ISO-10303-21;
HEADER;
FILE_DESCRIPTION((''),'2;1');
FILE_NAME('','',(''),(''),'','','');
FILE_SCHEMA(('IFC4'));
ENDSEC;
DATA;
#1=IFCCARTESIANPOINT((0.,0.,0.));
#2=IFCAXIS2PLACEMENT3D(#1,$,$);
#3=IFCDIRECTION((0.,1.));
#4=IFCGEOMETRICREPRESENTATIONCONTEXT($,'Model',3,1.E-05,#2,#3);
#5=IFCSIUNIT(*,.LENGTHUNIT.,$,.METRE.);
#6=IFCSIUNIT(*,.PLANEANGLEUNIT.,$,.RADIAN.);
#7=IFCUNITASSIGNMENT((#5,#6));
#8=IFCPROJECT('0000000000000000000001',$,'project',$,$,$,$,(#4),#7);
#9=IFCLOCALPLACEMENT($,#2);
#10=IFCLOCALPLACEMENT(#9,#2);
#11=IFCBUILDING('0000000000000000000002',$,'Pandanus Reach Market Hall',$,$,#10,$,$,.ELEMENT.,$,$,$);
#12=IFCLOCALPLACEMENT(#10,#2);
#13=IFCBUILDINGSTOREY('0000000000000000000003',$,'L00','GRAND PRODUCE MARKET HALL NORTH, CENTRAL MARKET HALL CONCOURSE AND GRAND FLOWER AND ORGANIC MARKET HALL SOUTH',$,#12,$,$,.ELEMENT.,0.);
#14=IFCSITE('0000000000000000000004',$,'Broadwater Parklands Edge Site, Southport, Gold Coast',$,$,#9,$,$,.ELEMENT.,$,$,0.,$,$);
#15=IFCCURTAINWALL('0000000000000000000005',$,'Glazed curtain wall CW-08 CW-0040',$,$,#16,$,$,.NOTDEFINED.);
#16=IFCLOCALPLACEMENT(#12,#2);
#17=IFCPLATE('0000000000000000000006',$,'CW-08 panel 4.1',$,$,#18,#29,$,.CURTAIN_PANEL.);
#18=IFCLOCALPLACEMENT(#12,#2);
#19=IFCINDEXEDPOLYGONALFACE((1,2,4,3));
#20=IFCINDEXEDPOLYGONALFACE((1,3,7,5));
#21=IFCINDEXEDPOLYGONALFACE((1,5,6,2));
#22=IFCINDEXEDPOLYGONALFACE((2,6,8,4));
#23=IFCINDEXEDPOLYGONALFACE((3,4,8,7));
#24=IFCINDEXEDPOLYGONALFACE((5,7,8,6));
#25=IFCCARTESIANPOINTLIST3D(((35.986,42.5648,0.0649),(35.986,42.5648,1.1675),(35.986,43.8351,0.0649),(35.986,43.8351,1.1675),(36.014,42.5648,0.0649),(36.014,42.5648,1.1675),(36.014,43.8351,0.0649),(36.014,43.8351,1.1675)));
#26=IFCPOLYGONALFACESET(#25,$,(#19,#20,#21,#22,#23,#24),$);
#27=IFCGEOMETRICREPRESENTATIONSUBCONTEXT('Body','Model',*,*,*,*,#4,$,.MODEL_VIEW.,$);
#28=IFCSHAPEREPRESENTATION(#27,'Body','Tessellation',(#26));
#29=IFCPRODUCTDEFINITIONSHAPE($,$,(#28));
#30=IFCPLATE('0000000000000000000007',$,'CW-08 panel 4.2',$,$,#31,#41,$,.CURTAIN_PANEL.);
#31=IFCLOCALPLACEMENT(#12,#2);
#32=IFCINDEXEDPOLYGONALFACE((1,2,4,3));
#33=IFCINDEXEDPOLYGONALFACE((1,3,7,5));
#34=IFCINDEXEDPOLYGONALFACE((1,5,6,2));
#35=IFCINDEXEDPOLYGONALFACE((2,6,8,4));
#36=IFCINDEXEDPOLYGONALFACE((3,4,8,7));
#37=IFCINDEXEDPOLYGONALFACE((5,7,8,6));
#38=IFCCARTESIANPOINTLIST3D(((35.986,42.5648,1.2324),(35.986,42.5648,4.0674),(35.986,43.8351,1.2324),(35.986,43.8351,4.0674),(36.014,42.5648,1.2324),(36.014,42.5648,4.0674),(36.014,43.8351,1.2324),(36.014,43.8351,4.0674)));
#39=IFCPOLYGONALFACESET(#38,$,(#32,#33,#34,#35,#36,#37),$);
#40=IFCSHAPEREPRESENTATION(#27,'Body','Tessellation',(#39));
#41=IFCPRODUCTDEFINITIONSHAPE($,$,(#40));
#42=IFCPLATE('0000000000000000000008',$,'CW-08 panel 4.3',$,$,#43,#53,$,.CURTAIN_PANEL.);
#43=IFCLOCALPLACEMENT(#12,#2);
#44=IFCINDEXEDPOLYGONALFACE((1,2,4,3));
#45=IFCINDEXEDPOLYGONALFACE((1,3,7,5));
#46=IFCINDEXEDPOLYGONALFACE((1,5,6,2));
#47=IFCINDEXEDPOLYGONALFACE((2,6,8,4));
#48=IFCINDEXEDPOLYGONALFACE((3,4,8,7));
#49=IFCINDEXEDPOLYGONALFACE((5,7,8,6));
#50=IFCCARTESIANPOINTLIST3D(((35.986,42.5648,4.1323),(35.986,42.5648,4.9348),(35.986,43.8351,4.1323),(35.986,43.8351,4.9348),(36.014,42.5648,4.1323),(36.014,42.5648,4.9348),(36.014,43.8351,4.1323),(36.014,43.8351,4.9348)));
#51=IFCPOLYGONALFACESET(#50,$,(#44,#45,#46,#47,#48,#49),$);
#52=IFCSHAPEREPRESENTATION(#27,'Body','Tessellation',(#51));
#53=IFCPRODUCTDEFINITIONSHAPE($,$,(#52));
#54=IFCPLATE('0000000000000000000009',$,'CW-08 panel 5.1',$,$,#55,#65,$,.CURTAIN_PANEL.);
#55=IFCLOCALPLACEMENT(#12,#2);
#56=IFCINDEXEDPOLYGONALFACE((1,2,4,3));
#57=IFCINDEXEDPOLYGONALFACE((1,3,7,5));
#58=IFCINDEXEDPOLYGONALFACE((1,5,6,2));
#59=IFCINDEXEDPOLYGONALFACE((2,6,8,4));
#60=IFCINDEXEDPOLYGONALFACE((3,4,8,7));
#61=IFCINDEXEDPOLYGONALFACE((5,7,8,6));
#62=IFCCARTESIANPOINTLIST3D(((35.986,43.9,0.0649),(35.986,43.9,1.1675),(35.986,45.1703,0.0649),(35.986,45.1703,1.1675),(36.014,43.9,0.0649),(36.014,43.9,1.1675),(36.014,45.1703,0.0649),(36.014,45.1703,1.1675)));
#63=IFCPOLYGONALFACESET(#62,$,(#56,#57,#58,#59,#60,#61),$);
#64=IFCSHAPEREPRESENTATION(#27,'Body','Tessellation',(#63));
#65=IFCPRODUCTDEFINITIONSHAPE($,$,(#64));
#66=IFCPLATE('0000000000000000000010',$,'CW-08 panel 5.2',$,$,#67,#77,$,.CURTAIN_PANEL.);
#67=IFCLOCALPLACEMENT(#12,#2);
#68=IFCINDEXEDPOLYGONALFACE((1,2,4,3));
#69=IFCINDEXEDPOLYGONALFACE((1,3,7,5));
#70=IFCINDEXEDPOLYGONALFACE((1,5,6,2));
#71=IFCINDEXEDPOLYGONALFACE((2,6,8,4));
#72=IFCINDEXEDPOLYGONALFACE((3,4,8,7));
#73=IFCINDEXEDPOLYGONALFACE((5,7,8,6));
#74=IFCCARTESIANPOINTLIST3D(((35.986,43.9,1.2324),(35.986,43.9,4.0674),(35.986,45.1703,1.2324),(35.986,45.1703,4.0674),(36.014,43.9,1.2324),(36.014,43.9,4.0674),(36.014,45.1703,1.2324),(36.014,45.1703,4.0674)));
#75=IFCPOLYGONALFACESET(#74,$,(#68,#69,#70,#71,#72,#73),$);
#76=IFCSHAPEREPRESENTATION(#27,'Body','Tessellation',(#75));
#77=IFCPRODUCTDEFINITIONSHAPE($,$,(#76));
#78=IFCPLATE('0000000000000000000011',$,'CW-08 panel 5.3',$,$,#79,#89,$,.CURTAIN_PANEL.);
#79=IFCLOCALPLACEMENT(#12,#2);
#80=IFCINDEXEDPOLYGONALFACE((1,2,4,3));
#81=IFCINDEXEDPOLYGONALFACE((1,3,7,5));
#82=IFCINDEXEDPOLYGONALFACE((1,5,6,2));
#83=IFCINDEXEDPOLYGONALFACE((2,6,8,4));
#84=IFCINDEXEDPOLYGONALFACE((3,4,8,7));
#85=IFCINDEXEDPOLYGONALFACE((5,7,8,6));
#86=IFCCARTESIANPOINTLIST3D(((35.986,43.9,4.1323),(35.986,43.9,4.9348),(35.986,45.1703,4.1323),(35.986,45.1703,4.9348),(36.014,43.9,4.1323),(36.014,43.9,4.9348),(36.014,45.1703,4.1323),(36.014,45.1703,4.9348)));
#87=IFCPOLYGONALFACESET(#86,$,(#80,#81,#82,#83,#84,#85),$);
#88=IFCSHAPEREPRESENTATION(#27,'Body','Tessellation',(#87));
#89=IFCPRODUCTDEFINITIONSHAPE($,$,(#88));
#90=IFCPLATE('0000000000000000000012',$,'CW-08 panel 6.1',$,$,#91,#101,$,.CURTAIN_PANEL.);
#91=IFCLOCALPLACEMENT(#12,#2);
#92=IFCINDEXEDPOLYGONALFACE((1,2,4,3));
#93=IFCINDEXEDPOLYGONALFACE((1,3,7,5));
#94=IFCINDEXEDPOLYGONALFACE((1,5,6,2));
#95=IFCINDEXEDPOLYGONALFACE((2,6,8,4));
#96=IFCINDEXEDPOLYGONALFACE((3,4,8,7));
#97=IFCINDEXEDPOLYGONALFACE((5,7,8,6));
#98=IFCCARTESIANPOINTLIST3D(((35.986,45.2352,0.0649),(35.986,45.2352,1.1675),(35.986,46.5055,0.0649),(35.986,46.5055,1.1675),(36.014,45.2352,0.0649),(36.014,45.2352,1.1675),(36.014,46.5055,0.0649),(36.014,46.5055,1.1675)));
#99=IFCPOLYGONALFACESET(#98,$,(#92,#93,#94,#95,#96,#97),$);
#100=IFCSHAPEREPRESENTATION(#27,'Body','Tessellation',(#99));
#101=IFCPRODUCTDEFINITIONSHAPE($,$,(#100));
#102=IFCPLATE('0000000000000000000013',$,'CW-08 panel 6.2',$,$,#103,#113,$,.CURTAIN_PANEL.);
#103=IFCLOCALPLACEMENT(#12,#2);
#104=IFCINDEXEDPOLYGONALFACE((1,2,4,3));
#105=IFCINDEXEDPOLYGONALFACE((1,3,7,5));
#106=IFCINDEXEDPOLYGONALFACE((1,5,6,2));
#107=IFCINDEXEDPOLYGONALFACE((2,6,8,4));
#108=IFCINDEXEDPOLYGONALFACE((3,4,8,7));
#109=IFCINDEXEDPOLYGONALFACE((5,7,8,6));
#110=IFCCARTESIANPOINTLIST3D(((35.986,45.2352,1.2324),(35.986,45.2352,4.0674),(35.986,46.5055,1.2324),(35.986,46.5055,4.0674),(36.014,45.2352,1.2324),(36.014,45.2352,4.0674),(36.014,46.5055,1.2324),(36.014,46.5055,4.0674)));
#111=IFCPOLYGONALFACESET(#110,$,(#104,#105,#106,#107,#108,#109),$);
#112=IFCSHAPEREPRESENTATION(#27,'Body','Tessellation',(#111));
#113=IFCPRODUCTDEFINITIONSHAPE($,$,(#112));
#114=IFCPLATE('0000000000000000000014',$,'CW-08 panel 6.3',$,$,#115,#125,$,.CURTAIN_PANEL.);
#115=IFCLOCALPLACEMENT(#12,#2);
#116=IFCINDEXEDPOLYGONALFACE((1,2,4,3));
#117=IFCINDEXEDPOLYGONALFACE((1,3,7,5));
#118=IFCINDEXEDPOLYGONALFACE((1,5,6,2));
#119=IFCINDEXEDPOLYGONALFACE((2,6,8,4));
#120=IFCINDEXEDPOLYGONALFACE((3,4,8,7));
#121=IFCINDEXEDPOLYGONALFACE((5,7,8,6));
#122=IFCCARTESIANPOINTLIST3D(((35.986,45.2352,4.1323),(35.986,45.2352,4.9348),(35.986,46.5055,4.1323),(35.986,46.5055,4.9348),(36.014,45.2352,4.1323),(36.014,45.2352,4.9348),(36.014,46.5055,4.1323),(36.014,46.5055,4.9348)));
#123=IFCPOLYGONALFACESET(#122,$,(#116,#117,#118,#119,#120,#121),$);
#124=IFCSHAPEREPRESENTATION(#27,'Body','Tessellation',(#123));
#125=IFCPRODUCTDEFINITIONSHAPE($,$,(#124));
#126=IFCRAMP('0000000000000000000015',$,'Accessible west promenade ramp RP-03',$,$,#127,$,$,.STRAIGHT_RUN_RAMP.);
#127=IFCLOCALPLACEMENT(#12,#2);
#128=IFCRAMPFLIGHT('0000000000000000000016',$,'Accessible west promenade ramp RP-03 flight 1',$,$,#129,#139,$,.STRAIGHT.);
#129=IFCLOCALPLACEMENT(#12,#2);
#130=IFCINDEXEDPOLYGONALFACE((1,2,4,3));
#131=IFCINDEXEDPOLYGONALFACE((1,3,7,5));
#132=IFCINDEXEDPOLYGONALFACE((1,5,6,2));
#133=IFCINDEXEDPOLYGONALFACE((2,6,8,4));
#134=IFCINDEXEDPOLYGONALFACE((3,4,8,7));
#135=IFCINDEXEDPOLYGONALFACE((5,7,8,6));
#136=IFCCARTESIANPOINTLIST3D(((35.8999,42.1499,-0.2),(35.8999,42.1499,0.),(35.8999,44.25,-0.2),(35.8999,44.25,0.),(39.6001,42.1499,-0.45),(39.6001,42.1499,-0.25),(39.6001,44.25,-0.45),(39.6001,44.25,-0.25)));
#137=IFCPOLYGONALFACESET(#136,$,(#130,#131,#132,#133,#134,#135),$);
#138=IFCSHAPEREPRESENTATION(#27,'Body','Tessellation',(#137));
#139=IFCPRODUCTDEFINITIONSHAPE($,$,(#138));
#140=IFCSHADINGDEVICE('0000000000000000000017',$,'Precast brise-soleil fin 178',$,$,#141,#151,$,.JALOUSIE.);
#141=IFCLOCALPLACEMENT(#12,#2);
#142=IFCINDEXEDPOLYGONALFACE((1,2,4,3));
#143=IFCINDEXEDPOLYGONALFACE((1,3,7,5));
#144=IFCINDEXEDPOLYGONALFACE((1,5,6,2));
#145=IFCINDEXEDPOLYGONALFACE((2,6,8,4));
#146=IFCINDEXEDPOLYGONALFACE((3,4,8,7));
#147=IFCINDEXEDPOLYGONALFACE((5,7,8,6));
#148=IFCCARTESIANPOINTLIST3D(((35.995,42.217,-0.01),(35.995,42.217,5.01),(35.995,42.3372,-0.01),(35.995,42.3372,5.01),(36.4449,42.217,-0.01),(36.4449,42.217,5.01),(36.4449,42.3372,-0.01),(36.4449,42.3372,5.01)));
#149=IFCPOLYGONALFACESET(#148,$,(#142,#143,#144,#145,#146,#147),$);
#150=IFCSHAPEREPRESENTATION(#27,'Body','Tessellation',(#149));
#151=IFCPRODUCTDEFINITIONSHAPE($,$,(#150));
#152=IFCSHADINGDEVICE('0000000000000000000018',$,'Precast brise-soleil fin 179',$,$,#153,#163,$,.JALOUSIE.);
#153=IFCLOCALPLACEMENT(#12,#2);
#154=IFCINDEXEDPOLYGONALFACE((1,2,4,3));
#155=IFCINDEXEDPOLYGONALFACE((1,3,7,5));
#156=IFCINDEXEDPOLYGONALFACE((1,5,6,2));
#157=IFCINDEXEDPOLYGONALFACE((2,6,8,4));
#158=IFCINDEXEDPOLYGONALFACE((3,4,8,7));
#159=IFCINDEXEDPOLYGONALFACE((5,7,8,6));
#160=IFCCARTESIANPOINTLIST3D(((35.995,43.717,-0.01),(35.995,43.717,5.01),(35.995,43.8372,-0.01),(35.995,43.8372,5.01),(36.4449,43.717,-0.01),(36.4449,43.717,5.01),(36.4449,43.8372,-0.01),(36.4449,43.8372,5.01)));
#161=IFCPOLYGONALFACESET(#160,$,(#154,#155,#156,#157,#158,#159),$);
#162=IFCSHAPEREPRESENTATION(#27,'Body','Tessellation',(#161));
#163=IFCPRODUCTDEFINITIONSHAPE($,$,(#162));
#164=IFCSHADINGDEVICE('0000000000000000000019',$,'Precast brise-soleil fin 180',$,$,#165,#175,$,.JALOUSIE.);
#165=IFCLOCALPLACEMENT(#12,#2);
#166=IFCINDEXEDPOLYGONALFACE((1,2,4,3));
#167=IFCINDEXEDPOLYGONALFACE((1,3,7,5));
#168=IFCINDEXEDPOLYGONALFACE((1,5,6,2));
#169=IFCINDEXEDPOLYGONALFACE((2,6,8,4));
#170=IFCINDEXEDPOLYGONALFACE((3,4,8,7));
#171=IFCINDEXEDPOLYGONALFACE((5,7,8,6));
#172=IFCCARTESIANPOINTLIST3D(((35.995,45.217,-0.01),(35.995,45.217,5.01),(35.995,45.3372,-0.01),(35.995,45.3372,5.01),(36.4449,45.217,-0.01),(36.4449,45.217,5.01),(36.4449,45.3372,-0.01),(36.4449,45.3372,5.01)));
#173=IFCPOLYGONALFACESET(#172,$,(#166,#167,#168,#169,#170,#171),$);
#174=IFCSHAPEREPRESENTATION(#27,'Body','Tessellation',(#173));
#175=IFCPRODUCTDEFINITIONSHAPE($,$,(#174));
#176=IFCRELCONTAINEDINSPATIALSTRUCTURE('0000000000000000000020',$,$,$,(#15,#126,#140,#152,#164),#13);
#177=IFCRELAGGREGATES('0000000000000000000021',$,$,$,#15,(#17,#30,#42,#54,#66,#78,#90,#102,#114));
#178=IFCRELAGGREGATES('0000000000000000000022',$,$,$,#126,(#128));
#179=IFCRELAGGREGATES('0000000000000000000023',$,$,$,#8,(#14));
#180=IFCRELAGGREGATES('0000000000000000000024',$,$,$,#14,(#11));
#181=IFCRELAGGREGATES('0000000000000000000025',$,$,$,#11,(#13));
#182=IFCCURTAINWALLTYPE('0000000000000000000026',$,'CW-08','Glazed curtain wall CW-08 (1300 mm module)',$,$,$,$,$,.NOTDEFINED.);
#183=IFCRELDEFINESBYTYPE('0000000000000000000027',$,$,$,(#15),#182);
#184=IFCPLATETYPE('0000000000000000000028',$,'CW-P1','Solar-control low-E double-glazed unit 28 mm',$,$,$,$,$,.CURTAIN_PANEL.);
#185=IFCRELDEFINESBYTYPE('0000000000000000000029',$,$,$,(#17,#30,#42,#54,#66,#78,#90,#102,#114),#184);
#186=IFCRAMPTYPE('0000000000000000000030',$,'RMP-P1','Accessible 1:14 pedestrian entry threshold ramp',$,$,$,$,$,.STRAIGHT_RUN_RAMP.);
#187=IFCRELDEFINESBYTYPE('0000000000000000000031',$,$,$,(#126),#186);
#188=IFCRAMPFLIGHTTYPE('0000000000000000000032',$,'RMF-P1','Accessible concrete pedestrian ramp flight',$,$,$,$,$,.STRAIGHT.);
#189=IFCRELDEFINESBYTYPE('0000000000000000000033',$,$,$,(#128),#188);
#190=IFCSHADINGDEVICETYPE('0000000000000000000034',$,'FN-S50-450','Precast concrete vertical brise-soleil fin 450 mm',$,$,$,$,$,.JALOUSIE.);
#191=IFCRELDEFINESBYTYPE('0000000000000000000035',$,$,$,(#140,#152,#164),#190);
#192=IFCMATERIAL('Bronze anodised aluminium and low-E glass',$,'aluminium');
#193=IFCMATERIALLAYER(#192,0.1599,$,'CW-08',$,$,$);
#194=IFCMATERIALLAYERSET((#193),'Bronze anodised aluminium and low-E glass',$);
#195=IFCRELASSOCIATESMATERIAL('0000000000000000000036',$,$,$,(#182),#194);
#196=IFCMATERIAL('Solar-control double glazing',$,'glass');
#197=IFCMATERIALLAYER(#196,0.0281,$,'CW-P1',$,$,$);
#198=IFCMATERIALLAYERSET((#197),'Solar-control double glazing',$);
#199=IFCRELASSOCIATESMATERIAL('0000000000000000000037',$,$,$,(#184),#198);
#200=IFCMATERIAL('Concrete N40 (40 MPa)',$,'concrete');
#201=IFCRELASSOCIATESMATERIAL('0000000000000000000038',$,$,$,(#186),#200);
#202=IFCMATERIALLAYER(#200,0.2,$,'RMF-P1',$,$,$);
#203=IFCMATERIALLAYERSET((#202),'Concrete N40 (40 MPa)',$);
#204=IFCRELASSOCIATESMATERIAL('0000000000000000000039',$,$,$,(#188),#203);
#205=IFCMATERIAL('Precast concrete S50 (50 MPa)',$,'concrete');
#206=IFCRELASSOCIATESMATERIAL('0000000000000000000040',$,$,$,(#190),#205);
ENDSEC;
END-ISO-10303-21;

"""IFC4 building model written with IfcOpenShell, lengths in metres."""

from ifc_helpers import new_model, si_unit, direction, frame, origin, origin_2d, place, context, subcontext, project, spatial, polyline, rectangle, outline, extrude, material, layer, layer_set, type_object, element, aggregate, save


model = new_model("IFC4")

# Units and contexts
model_context = context("Model", 3, precision=1e-05, world=origin(), true_north=direction((0.0, 1.0)))
body_context = subcontext(model_context, "Body", "Model", "MODEL_VIEW")
ifc_project = project(units=[si_unit("LENGTHUNIT", "METRE"), si_unit("PLANEANGLEUNIT", "RADIAN")], contexts=[model_context])

# Site, building, storey
site_placement = place(None, origin())
site = spatial("IfcSite", under=ifc_project, at=site_placement, Name="Broadwater Parklands Edge Site, Southport, Gold Coast", CompositionType="ELEMENT", RefElevation=0.0)
building_placement = place(site_placement, origin())
building = spatial("IfcBuilding", under=site, at=building_placement, Name="Pandanus Reach Market Hall", CompositionType="ELEMENT")
storey_placement = place(building_placement, origin())
storey = spatial("IfcBuildingStorey", under=building, at=storey_placement, Name="L00", Description="GRAND PRODUCE MARKET HALL NORTH, CENTRAL MARKET HALL CONCOURSE AND GRAND FLOWER AND ORGANIC MARKET HALL SOUTH", CompositionType="ELEMENT", Elevation=0.0)

# Shared definitions
ifc_material_1 = material(Name="Concrete N40 (40 MPa)", Category="concrete")

# Curtain wall, plates
ifc_material_2 = material(Name="Bronze anodised aluminium and low-E glass", Category="aluminium")
ifc_layer_1 = layer(ifc_material_2, 0.1599, Name="CW-08")
ifc_layer_set_1 = layer_set([ifc_layer_1], Name="Bronze anodised aluminium and low-E glass")
curtain_wall_type = type_object("IfcCurtainWallType", Name="CW-08", Description="Glazed curtain wall CW-08 (1300 mm module)", PredefinedType="NOTDEFINED", material=ifc_layer_set_1)
curtain_wall_placement = place(storey_placement, origin())
curtain_wall = element("IfcCurtainWall", 1, at=curtain_wall_placement, inside=storey, type_object=curtain_wall_type, Name="Glazed curtain wall CW-08 CW-0040", PredefinedType="NOTDEFINED")
ifc_material_3 = material(Name="Solar-control double glazing", Category="glass")
ifc_layer_2 = layer(ifc_material_3, 0.0281, Name="CW-P1")
ifc_layer_set_2 = layer_set([ifc_layer_2], Name="Solar-control double glazing")
plate_type = type_object("IfcPlateType", Name="CW-P1", Description="Solar-control low-E double-glazed unit 28 mm", PredefinedType="CURTAIN_PANEL", material=ifc_layer_set_2)
plate_1_placement = place(storey_placement, frame((36.0, 43.2, 0.0649), z_axis=(0.0, 0.0, 1.0), x_axis=(0.0, 1.0, 0.0)))
plate_1 = element("IfcPlate", 2, at=plate_1_placement, type_object=plate_type, Name="CW-08 panel 4.1", PredefinedType="CURTAIN_PANEL", context=body_context, shape_type="SweptSolid", body=[
    extrude(rectangle(XDim=1.2703, YDim=0.0281, at=origin_2d()), origin(), (0.0, 0.0, 1.0), 1.1025),
])
plate_2_placement = place(storey_placement, frame((36.0, 43.2, 1.2324), z_axis=(0.0, 0.0, 1.0), x_axis=(0.0, 1.0, 0.0)))
plate_2 = element("IfcPlate", 3, at=plate_2_placement, type_object=plate_type, Name="CW-08 panel 4.2", PredefinedType="CURTAIN_PANEL", context=body_context, shape_type="SweptSolid", body=[
    extrude(rectangle(XDim=1.2703, YDim=0.0281, at=origin_2d()), origin(), (0.0, 0.0, 1.0), 2.835),
])
plate_3_placement = place(storey_placement, frame((36.0, 43.2, 4.1323), z_axis=(0.0, 0.0, 1.0), x_axis=(0.0, 1.0, 0.0)))
plate_3 = element("IfcPlate", 4, at=plate_3_placement, type_object=plate_type, Name="CW-08 panel 4.3", PredefinedType="CURTAIN_PANEL", context=body_context, shape_type="SweptSolid", body=[
    extrude(rectangle(XDim=1.2703, YDim=0.0281, at=origin_2d()), origin(), (0.0, 0.0, 1.0), 0.8025),
])
plate_4_placement = place(storey_placement, frame((36.0, 44.5352, 0.0649), z_axis=(0.0, 0.0, 1.0), x_axis=(0.0, 1.0, 0.0)))
plate_4 = element("IfcPlate", 5, at=plate_4_placement, type_object=plate_type, Name="CW-08 panel 5.1", PredefinedType="CURTAIN_PANEL", context=body_context, shape_type="SweptSolid", body=[
    extrude(rectangle(XDim=1.2703, YDim=0.0281, at=origin_2d()), origin(), (0.0, 0.0, 1.0), 1.1025),
])
plate_5_placement = place(storey_placement, frame((36.0, 44.5352, 1.2324), z_axis=(0.0, 0.0, 1.0), x_axis=(0.0, 1.0, 0.0)))
plate_5 = element("IfcPlate", 6, at=plate_5_placement, type_object=plate_type, Name="CW-08 panel 5.2", PredefinedType="CURTAIN_PANEL", context=body_context, shape_type="SweptSolid", body=[
    extrude(rectangle(XDim=1.2703, YDim=0.0281, at=origin_2d()), origin(), (0.0, 0.0, 1.0), 2.835),
])
plate_6_placement = place(storey_placement, frame((36.0, 44.5352, 4.1323), z_axis=(0.0, 0.0, 1.0), x_axis=(0.0, 1.0, 0.0)))
plate_6 = element("IfcPlate", 7, at=plate_6_placement, type_object=plate_type, Name="CW-08 panel 5.3", PredefinedType="CURTAIN_PANEL", context=body_context, shape_type="SweptSolid", body=[
    extrude(rectangle(XDim=1.2703, YDim=0.0281, at=origin_2d()), origin(), (0.0, 0.0, 1.0), 0.8025),
])
plate_7_placement = place(storey_placement, frame((36.0, 45.8704, 0.0649), z_axis=(0.0, 0.0, 1.0), x_axis=(0.0, 1.0, 0.0)))
plate_7 = element("IfcPlate", 8, at=plate_7_placement, type_object=plate_type, Name="CW-08 panel 6.1", PredefinedType="CURTAIN_PANEL", context=body_context, shape_type="SweptSolid", body=[
    extrude(rectangle(XDim=1.2703, YDim=0.0281, at=origin_2d()), origin(), (0.0, 0.0, 1.0), 1.1025),
])
plate_8_placement = place(storey_placement, frame((36.0, 45.8704, 1.2324), z_axis=(0.0, 0.0, 1.0), x_axis=(0.0, 1.0, 0.0)))
plate_8 = element("IfcPlate", 9, at=plate_8_placement, type_object=plate_type, Name="CW-08 panel 6.2", PredefinedType="CURTAIN_PANEL", context=body_context, shape_type="SweptSolid", body=[
    extrude(rectangle(XDim=1.2703, YDim=0.0281, at=origin_2d()), origin(), (0.0, 0.0, 1.0), 2.835),
])
plate_9_placement = place(storey_placement, frame((36.0, 45.8704, 4.1323), z_axis=(0.0, 0.0, 1.0), x_axis=(0.0, 1.0, 0.0)))
plate_9 = element("IfcPlate", 10, at=plate_9_placement, type_object=plate_type, Name="CW-08 panel 6.3", PredefinedType="CURTAIN_PANEL", context=body_context, shape_type="SweptSolid", body=[
    extrude(rectangle(XDim=1.2703, YDim=0.0281, at=origin_2d()), origin(), (0.0, 0.0, 1.0), 0.8025),
])
aggregate(curtain_wall, [plate_1, plate_2, plate_3, plate_4, plate_5, plate_6, plate_7, plate_8, plate_9])

# Ramp, ramp flight
ramp_type = type_object("IfcRampType", Name="RMP-P1", Description="Accessible 1:14 pedestrian entry threshold ramp", PredefinedType="STRAIGHT_RUN_RAMP", material=ifc_material_1)
ramp_placement = place(storey_placement, origin())
ramp = element("IfcRamp", 11, at=ramp_placement, inside=storey, type_object=ramp_type, Name="Accessible west promenade ramp RP-03", PredefinedType="STRAIGHT_RUN_RAMP")
ifc_layer_3 = layer(ifc_material_1, 0.2, Name="RMF-P1")
ifc_layer_set_3 = layer_set([ifc_layer_3], Name="Concrete N40 (40 MPa)")
ramp_flight_type = type_object("IfcRampFlightType", Name="RMF-P1", Description="Accessible concrete pedestrian ramp flight", PredefinedType="STRAIGHT", material=ifc_layer_set_3)
ramp_flight_placement = place(storey_placement, frame((39.6001, 43.2, -0.25), z_axis=(0.0, 0.0, 1.0), x_axis=(-1.0, 0.0, 0.0)))
ramp_flight = element("IfcRampFlight", 12, at=ramp_flight_placement, type_object=ramp_flight_type, Name="Accessible west promenade ramp RP-03 flight 1", PredefinedType="STRAIGHT", context=body_context, shape_type="SweptSolid", body=[
    extrude(outline(polyline([(0.0, 0.0), (3.7002, 0.25), (3.7002, 0.05), (0.0, -0.2), (0.0, 0.0)])), frame((0.0, 1.05, 0.0), z_axis=(0.0, -1.0, 0.0), x_axis=(1.0, 0.0, 0.0)), (0.0, 0.0, 1.0), 2.1001),
])
aggregate(ramp, [ramp_flight])

# Shading devices
ifc_material_4 = material(Name="Precast concrete S50 (50 MPa)", Category="concrete")
shading_device_type = type_object("IfcShadingDeviceType", Name="FN-S50-450", Description="Precast concrete vertical brise-soleil fin 450 mm", PredefinedType="JALOUSIE", material=ifc_material_4)
for number, where, z_axis, x_axis, name in (
    (13, (36.22, 42.2771, -0.01), (0.0, 0.0, 1.0), (1.0, 0.0, 0.0), "Precast brise-soleil fin 178"),
    (14, (36.22, 43.7771, -0.01), (0.0, 0.0, 1.0), (1.0, 0.0, 0.0), "Precast brise-soleil fin 179"),
    (15, (36.22, 45.2771, -0.01), (0.0, 0.0, 1.0), (1.0, 0.0, 0.0), "Precast brise-soleil fin 180"),
):
    element("IfcShadingDevice", number, at=place(storey_placement, frame(where, z_axis=z_axis, x_axis=x_axis)), inside=storey, type_object=shading_device_type, Name=name, PredefinedType="JALOUSIE", context=body_context, shape_type="SweptSolid", body=[
        extrude(rectangle(XDim=0.45, YDim=0.1201, at=origin_2d()), origin(), (0.0, 0.0, 1.0), 5.02),
    ])

save(model, "model.ifc")
